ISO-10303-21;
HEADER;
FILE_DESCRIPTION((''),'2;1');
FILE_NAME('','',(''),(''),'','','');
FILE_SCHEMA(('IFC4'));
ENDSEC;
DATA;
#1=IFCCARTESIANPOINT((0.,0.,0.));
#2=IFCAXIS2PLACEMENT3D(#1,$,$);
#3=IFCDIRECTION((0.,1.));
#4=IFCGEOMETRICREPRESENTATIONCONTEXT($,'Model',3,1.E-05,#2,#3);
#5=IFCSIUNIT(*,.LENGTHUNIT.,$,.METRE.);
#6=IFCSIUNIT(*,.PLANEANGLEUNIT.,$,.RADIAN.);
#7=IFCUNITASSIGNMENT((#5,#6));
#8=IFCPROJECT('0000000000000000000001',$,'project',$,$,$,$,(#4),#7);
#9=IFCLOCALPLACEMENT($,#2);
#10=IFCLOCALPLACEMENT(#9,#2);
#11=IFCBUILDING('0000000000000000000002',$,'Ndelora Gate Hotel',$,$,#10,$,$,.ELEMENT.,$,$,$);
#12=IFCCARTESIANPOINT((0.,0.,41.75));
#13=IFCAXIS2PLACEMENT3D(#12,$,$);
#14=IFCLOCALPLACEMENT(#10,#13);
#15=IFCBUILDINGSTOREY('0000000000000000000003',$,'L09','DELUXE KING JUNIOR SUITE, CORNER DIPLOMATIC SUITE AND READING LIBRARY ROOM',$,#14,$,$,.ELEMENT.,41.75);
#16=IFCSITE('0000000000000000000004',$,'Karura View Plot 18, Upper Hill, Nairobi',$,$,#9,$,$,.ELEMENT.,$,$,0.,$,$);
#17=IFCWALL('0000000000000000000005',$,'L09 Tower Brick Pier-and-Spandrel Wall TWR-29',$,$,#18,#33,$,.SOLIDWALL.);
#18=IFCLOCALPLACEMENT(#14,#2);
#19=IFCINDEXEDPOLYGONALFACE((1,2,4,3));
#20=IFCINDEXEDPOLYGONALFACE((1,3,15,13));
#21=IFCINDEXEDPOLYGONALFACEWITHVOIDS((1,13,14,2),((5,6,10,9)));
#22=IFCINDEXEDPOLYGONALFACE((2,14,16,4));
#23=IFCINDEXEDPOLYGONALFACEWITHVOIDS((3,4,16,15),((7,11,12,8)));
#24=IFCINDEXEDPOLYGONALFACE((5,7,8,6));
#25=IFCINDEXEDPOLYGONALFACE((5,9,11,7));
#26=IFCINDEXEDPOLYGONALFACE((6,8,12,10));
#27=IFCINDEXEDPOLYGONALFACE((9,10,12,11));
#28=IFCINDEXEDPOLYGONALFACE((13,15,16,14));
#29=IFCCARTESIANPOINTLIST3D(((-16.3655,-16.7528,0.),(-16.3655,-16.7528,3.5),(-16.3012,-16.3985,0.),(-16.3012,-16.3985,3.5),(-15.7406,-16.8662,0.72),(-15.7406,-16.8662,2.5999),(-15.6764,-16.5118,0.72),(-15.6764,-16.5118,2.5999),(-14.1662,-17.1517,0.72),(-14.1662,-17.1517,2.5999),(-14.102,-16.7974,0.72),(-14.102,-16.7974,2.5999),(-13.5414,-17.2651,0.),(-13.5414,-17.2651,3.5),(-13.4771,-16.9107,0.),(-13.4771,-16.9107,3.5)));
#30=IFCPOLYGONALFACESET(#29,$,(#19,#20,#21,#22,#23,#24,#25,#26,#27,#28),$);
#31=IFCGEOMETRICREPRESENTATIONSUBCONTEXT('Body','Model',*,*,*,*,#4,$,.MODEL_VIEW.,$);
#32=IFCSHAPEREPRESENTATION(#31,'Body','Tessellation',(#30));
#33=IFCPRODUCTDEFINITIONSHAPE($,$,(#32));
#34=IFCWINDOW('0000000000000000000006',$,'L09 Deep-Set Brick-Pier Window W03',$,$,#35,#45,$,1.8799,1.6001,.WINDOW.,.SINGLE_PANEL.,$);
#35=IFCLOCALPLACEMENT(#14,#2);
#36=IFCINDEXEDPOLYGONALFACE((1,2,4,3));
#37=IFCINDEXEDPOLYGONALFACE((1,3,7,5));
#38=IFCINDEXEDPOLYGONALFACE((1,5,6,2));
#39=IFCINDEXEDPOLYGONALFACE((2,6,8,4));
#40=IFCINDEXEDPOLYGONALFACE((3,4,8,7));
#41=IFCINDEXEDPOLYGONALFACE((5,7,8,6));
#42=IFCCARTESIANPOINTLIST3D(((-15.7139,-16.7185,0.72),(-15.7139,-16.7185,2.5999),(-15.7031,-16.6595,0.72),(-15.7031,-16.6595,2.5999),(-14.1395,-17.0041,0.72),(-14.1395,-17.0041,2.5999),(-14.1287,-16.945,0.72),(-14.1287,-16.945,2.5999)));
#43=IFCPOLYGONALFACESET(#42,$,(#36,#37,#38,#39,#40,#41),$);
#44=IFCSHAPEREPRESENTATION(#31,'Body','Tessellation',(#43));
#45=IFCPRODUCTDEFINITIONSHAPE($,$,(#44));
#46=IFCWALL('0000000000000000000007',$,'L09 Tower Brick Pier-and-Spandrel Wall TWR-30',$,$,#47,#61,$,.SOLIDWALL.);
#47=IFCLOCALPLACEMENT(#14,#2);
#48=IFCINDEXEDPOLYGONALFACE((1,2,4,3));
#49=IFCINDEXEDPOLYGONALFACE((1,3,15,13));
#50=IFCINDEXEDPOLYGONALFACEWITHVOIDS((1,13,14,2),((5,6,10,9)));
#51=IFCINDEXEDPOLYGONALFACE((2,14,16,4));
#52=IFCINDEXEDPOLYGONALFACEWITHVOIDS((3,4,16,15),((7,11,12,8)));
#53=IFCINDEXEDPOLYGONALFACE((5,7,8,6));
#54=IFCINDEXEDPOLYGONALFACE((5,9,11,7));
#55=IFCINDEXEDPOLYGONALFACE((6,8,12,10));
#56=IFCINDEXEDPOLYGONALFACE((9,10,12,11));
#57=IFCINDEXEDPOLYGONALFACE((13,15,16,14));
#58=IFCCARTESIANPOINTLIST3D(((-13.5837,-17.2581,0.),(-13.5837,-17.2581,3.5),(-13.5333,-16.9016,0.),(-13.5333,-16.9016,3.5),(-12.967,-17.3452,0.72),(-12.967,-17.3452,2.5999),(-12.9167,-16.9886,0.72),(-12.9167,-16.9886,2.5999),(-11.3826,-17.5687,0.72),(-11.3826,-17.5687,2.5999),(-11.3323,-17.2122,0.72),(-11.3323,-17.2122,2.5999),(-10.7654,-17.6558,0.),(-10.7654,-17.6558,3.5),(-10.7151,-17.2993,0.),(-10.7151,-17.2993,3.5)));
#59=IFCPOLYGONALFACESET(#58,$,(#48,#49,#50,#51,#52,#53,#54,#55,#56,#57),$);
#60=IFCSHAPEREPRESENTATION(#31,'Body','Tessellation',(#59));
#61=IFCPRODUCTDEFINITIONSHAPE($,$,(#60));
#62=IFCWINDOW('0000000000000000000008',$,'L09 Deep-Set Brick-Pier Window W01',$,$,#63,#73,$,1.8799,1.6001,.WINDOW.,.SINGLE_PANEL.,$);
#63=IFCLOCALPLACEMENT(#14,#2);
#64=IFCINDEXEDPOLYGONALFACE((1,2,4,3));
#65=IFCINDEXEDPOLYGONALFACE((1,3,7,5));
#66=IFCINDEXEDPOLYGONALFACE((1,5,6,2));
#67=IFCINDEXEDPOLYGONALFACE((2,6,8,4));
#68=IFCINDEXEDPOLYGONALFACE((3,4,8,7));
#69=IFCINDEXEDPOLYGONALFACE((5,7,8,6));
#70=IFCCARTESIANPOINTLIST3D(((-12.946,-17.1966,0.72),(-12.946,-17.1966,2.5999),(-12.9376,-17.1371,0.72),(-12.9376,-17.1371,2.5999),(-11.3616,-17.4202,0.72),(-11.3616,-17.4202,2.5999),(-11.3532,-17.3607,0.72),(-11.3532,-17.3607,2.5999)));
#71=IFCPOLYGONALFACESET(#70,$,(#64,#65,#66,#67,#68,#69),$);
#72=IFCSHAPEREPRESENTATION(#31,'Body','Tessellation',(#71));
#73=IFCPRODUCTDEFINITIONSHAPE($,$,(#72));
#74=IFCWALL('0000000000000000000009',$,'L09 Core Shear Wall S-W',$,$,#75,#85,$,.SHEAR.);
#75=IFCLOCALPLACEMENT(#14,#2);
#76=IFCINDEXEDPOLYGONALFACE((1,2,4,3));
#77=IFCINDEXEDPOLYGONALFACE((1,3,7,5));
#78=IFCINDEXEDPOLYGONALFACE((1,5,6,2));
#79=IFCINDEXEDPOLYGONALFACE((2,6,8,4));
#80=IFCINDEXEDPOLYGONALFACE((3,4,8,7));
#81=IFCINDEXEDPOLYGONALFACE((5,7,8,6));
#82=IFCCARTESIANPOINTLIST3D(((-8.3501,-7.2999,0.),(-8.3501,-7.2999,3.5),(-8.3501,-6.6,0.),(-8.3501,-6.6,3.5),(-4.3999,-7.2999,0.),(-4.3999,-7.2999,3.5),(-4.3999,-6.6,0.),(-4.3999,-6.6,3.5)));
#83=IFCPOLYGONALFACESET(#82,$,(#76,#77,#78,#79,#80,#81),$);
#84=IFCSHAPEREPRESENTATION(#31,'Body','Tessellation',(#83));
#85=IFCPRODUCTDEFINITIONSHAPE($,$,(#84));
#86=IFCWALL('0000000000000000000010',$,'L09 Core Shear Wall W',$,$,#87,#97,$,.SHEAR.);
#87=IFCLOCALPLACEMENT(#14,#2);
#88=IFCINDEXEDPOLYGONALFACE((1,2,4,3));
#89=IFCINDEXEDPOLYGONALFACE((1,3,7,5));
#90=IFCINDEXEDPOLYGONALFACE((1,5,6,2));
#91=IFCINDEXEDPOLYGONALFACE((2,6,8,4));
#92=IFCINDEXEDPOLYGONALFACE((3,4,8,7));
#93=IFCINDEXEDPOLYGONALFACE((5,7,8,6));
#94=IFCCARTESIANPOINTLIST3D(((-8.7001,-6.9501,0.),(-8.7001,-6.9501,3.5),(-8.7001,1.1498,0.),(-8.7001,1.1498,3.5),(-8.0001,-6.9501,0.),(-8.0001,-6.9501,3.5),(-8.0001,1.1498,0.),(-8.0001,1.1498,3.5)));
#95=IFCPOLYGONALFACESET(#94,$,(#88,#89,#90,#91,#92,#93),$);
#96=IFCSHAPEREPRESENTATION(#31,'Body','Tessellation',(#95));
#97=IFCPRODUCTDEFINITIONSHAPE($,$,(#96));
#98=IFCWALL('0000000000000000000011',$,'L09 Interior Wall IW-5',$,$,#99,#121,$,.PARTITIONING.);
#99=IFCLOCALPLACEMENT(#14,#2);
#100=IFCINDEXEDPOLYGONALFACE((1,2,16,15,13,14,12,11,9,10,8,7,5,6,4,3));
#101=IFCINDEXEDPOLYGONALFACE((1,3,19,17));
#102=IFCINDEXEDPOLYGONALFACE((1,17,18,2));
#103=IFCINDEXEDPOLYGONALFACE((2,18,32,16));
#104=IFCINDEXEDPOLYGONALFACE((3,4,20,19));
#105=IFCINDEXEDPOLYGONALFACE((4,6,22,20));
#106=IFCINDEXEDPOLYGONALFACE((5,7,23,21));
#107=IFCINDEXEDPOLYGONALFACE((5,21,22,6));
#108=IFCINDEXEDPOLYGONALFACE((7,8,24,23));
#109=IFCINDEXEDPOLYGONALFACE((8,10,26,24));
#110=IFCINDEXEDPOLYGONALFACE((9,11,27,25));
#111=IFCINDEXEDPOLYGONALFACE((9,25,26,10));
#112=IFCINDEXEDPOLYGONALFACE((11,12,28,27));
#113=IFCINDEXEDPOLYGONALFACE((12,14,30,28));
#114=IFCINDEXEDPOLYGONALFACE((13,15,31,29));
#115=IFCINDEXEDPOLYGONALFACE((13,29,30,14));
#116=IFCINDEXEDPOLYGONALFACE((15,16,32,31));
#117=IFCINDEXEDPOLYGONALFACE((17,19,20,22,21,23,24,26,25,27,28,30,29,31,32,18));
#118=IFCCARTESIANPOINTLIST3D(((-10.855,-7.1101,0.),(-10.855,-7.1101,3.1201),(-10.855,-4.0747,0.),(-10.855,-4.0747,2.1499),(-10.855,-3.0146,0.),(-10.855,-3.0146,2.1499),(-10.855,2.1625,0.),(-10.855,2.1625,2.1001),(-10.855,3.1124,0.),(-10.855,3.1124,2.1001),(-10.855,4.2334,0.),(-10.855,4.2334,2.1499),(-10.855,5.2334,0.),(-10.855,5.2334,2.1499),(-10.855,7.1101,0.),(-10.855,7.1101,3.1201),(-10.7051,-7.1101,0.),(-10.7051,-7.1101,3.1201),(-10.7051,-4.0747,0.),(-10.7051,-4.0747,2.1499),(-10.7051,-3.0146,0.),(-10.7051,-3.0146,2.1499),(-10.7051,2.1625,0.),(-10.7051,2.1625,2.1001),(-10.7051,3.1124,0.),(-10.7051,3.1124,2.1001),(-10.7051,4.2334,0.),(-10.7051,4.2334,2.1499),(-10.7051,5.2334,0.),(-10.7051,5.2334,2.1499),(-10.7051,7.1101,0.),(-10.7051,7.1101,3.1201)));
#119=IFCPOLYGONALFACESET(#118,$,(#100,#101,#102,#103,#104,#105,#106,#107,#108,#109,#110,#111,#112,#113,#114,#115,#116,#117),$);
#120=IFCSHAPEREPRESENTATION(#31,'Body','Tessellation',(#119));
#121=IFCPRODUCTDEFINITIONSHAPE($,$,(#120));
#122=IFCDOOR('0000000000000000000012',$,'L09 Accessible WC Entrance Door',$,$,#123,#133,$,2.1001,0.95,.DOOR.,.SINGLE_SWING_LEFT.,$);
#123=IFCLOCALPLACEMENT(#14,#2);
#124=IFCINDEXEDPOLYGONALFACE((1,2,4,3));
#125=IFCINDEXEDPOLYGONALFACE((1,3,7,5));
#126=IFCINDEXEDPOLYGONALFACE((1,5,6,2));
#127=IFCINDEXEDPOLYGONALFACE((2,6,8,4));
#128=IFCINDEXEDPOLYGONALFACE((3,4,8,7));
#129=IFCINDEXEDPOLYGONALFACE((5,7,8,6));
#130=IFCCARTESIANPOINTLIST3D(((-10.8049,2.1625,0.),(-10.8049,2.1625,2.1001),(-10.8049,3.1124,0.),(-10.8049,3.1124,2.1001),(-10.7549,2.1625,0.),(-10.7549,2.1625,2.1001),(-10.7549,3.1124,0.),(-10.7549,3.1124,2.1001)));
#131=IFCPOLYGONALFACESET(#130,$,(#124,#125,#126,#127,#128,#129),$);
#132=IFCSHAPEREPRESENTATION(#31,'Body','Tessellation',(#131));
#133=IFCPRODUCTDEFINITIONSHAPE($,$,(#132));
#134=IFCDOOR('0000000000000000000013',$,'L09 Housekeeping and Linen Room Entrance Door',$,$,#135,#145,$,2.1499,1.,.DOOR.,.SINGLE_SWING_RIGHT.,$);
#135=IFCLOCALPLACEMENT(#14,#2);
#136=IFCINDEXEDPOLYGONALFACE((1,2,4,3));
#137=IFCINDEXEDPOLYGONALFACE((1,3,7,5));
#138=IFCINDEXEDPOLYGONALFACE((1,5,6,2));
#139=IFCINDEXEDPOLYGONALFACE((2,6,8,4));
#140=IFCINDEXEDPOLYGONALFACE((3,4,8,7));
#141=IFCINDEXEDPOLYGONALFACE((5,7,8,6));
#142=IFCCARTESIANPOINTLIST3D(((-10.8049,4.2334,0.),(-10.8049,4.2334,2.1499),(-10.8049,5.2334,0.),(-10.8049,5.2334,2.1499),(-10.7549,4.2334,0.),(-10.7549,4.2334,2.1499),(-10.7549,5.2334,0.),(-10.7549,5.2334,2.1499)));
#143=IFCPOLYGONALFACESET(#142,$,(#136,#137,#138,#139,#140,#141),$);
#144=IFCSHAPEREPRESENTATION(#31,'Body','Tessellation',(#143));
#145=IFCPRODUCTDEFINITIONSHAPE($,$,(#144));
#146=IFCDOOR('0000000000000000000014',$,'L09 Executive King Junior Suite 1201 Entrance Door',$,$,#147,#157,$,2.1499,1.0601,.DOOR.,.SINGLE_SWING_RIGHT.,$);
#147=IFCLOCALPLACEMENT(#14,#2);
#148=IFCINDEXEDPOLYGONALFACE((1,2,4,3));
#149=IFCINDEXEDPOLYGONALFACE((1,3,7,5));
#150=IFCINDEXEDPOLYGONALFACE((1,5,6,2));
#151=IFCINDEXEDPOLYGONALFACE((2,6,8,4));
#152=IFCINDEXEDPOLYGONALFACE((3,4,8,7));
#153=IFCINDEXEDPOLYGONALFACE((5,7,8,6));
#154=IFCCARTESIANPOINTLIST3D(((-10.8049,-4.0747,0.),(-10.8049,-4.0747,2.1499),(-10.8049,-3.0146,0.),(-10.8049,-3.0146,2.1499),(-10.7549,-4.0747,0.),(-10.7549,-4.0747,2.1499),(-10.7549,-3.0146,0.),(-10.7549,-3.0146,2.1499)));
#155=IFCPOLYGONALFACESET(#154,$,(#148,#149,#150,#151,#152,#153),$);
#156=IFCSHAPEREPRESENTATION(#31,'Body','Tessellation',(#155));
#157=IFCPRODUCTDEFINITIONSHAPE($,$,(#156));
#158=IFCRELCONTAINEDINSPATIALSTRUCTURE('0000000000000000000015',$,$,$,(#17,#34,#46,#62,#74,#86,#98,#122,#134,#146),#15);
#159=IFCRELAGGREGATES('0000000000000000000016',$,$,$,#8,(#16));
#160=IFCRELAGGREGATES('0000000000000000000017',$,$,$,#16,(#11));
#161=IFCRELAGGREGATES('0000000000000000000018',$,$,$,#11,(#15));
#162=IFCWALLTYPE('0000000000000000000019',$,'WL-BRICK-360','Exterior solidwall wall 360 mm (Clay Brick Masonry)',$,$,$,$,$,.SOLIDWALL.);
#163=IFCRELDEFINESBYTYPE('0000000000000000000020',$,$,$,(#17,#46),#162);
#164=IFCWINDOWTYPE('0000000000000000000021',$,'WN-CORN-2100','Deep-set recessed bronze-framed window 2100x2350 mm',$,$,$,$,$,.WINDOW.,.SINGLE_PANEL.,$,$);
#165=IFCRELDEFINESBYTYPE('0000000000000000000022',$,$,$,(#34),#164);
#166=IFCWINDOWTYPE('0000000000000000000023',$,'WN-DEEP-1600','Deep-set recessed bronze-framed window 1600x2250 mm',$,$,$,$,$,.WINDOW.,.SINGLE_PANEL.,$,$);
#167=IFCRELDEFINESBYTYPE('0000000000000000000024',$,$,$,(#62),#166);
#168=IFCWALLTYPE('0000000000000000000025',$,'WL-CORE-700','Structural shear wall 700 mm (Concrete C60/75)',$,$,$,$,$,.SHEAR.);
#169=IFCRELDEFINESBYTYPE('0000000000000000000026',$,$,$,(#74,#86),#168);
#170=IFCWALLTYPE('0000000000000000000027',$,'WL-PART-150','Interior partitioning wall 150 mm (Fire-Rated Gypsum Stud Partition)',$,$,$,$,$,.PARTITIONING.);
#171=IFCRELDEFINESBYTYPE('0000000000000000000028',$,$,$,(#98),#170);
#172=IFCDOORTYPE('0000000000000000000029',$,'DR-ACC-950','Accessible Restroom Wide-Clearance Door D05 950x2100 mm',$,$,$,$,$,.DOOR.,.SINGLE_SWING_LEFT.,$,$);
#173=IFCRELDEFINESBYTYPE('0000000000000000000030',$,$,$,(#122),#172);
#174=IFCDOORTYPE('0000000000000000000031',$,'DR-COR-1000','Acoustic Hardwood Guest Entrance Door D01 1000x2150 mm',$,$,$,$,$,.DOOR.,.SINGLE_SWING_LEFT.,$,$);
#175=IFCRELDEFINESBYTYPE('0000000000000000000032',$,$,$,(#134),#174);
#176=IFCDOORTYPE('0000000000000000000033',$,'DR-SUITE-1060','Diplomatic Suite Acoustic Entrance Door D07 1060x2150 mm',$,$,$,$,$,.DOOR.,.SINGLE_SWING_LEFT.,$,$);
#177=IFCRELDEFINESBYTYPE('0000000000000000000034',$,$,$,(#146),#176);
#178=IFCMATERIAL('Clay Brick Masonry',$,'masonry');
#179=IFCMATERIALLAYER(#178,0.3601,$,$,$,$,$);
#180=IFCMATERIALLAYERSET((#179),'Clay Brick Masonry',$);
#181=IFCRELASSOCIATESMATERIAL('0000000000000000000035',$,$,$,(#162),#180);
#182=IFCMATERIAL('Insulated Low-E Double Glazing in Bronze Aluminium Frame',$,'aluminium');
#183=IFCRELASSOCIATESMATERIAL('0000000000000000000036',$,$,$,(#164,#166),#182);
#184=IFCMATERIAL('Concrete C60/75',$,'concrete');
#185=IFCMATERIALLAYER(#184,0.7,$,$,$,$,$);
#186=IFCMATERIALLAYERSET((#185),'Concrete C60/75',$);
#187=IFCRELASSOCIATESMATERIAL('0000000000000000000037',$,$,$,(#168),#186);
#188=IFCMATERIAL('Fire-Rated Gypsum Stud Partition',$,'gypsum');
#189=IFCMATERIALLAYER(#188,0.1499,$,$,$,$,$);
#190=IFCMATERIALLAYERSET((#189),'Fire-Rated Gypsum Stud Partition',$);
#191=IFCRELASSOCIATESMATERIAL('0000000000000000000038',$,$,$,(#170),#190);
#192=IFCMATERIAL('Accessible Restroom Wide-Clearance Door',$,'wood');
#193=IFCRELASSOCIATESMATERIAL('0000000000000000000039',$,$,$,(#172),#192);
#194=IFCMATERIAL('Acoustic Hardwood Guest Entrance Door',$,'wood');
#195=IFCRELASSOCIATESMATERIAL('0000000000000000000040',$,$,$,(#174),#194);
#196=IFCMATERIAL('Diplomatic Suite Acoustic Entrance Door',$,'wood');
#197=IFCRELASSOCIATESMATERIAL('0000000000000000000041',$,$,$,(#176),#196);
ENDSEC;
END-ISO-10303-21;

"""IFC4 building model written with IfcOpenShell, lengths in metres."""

from ifc_helpers import new_model, si_unit, direction, frame, frame_2d, origin, place, context, subcontext, project, spatial, rectangle, extrude, material, layer, layer_set, type_object, element, fill, save


model = new_model("IFC4")

# Units and contexts
model_context = context("Model", 3, precision=1e-05, world=origin(), true_north=direction((0.0, 1.0)))
body_context = subcontext(model_context, "Body", "Model", "MODEL_VIEW")
ifc_project = project(units=[si_unit("LENGTHUNIT", "METRE"), si_unit("PLANEANGLEUNIT", "RADIAN")], contexts=[model_context])

# Site, building, storey
site_placement = place(None, origin())
site = spatial("IfcSite", under=ifc_project, at=site_placement, Name="Karura View Plot 18, Upper Hill, Nairobi", CompositionType="ELEMENT", RefElevation=0.0)
building_placement = place(site_placement, origin())
building = spatial("IfcBuilding", under=site, at=building_placement, Name="Ndelora Gate Hotel", CompositionType="ELEMENT")
storey_placement = place(building_placement, frame((0.0, 0.0, 41.75)))
storey = spatial("IfcBuildingStorey", under=building, at=storey_placement, Name="L09", Description="DELUXE KING JUNIOR SUITE, CORNER DIPLOMATIC SUITE AND READING LIBRARY ROOM", CompositionType="ELEMENT", Elevation=41.75)

# Shared definitions
ifc_material_1 = material(Name="Concrete C60/75", Category="concrete")

# Walls, openings, windows
ifc_material_2 = material(Name="Clay Brick Masonry", Category="masonry")
ifc_layer_1 = layer(ifc_material_2, 0.3601)
ifc_layer_set_1 = layer_set([ifc_layer_1], Name="Clay Brick Masonry")
wall_type_1 = type_object("IfcWallType", Name="WL-BRICK-360", Description="Exterior solidwall wall 360 mm (Clay Brick Masonry)", PredefinedType="SOLIDWALL", material=ifc_layer_set_1)
wall_1_placement = place(storey_placement, frame((-13.5093, -17.0879, 0.0), z_axis=(0.0, 0.0, 1.0), x_axis=(-0.983946, 0.178466, 0.0)))
wall_1 = element("IfcWall", 1, at=wall_1_placement, inside=storey, type_object=wall_type_1, Name="L09 Tower Brick Pier-and-Spandrel Wall TWR-29", PredefinedType="SOLIDWALL", context=body_context, shape_type="SweptSolid", body=[
    extrude(rectangle(XDim=2.8701, YDim=0.3601, at=frame_2d((1.4351, 0.0))), origin(), (0.0, 0.0, 1.0), 3.5),
])
opening_1_placement = place(wall_1_placement, frame((0.635, 0.0, 0.72)))
opening_1 = element("IfcOpeningElement", 2, at=opening_1_placement, cuts=wall_1, PredefinedType="OPENING", context=body_context, shape_type="SweptSolid", body=[
    extrude(rectangle(XDim=1.6001, YDim=1.8799, at=frame_2d((0.8, 0.9399))), frame((0.0, 0.1899, 0.0), z_axis=(0.0, -1.0, 0.0), x_axis=(1.0, 0.0, 0.0)), (0.0, 0.0, 1.0), 0.3801),
])
ifc_material_3 = material(Name="Insulated Low-E Double Glazing in Bronze Aluminium Frame", Category="aluminium")
window_type_1 = type_object("IfcWindowType", Name="WN-CORN-2100", Description="Deep-set recessed bronze-framed window 2100x2350 mm", PartitioningType="SINGLE_PANEL", PredefinedType="WINDOW", material=ifc_material_3)
window_1_placement = place(opening_1_placement, origin())
window_1 = element("IfcWindow", 3, at=window_1_placement, inside=storey, type_object=window_type_1, Name="L09 Deep-Set Brick-Pier Window W03", OverallHeight=1.8799, OverallWidth=1.6001, PartitioningType="SINGLE_PANEL", PredefinedType="WINDOW", context=body_context, shape_type="SweptSolid", body=[
    extrude(rectangle(XDim=1.6001, YDim=1.8799, at=frame_2d((0.8, 0.9399))), frame((0.0, 0.03, 0.0), z_axis=(0.0, -1.0, 0.0), x_axis=(1.0, 0.0, 0.0)), (0.0, 0.0, 1.0), 0.0601),
])
fill(opening_1, window_1)
wall_2_placement = place(storey_placement, frame((-10.7402, -17.4775, 0.0), z_axis=(0.0, 0.0, 1.0), x_axis=(-0.99019, 0.139728, 0.0)))
wall_2 = element("IfcWall", 4, at=wall_2_placement, inside=storey, type_object=wall_type_1, Name="L09 Tower Brick Pier-and-Spandrel Wall TWR-30", PredefinedType="SOLIDWALL", context=body_context, shape_type="SweptSolid", body=[
    extrude(rectangle(XDim=2.8462, YDim=0.3601, at=frame_2d((1.4231, 0.0))), origin(), (0.0, 0.0, 1.0), 3.5),
])
opening_2_placement = place(wall_2_placement, frame((0.6233, 0.0, 0.72)))
opening_2 = element("IfcOpeningElement", 5, at=opening_2_placement, cuts=wall_2, PredefinedType="OPENING", context=body_context, shape_type="SweptSolid", body=[
    extrude(rectangle(XDim=1.6001, YDim=1.8799, at=frame_2d((0.8, 0.9399))), frame((0.0, 0.1899, 0.0), z_axis=(0.0, -1.0, 0.0), x_axis=(1.0, 0.0, 0.0)), (0.0, 0.0, 1.0), 0.3801),
])
window_type_2 = type_object("IfcWindowType", Name="WN-DEEP-1600", Description="Deep-set recessed bronze-framed window 1600x2250 mm", PartitioningType="SINGLE_PANEL", PredefinedType="WINDOW", material=ifc_material_3)
window_2_placement = place(opening_2_placement, origin())
window_2 = element("IfcWindow", 6, at=window_2_placement, inside=storey, type_object=window_type_2, Name="L09 Deep-Set Brick-Pier Window W01", OverallHeight=1.8799, OverallWidth=1.6001, PartitioningType="SINGLE_PANEL", PredefinedType="WINDOW", context=body_context, shape_type="SweptSolid", body=[
    extrude(rectangle(XDim=1.6001, YDim=1.8799, at=frame_2d((0.8, 0.9399))), frame((0.0, 0.03, 0.0), z_axis=(0.0, -1.0, 0.0), x_axis=(1.0, 0.0, 0.0)), (0.0, 0.0, 1.0), 0.0601),
])
fill(opening_2, window_2)

# Walls
ifc_layer_2 = layer(ifc_material_1, 0.7)
ifc_layer_set_2 = layer_set([ifc_layer_2], Name="Concrete C60/75")
wall_type_2 = type_object("IfcWallType", Name="WL-CORE-700", Description="Structural shear wall 700 mm (Concrete C60/75)", PredefinedType="SHEAR", material=ifc_layer_set_2)
wall_3_placement = place(storey_placement, frame((-8.3501, -6.95, 0.0), z_axis=(0.0, 0.0, 1.0), x_axis=(1.0, 0.0, 0.0)))
element("IfcWall", 7, at=wall_3_placement, inside=storey, type_object=wall_type_2, Name="L09 Core Shear Wall S-W", PredefinedType="SHEAR", context=body_context, shape_type="SweptSolid", body=[
    extrude(rectangle(XDim=3.9502, YDim=0.7, at=frame_2d((1.9751, 0.0))), origin(), (0.0, 0.0, 1.0), 3.5),
])
wall_4_placement = place(storey_placement, frame((-8.3501, -6.95, 0.0), z_axis=(0.0, 0.0, 1.0), x_axis=(0.0, 1.0, 0.0)))
element("IfcWall", 8, at=wall_4_placement, inside=storey, type_object=wall_type_2, Name="L09 Core Shear Wall W", PredefinedType="SHEAR", context=body_context, shape_type="SweptSolid", body=[
    extrude(rectangle(XDim=8.0999, YDim=0.7, at=frame_2d((4.0498, 0.0))), origin(), (0.0, 0.0, 1.0), 3.5),
])

# Wall, openings, doors
ifc_material_4 = material(Name="Fire-Rated Gypsum Stud Partition", Category="gypsum")
ifc_layer_3 = layer(ifc_material_4, 0.1499)
ifc_layer_set_3 = layer_set([ifc_layer_3], Name="Fire-Rated Gypsum Stud Partition")
wall_type_3 = type_object("IfcWallType", Name="WL-PART-150", Description="Interior partitioning wall 150 mm (Fire-Rated Gypsum Stud Partition)", PredefinedType="PARTITIONING", material=ifc_layer_set_3)
wall_5_placement = place(storey_placement, frame((-10.78, -7.1101, 0.0), z_axis=(0.0, 0.0, 1.0), x_axis=(0.0, 1.0, 0.0)))
wall_5 = element("IfcWall", 9, at=wall_5_placement, inside=storey, type_object=wall_type_3, Name="L09 Interior Wall IW-5", PredefinedType="PARTITIONING", context=body_context, shape_type="SweptSolid", body=[
    extrude(rectangle(XDim=14.2202, YDim=0.1499, at=frame_2d((7.1101, 0.0))), origin(), (0.0, 0.0, 1.0), 3.1201),
])
opening_3_placement = place(wall_5_placement, frame((11.3435, 0.0, 0.0)))
opening_3 = element("IfcOpeningElement", 10, at=opening_3_placement, cuts=wall_5, PredefinedType="OPENING", context=body_context, shape_type="SweptSolid", body=[
    extrude(rectangle(XDim=1.0, YDim=2.1499, at=frame_2d((0.5, 1.075))), frame((0.0, 0.085, 0.0), z_axis=(0.0, -1.0, 0.0), x_axis=(1.0, 0.0, 0.0)), (0.0, 0.0, 1.0), 0.1699),
])
opening_4_placement = place(wall_5_placement, frame((9.2725, 0.0, 0.0)))
opening_4 = element("IfcOpeningElement", 11, at=opening_4_placement, cuts=wall_5, PredefinedType="OPENING", context=body_context, shape_type="SweptSolid", body=[
    extrude(rectangle(XDim=0.95, YDim=2.1001, at=frame_2d((0.4751, 1.05))), frame((0.0, 0.085, 0.0), z_axis=(0.0, -1.0, 0.0), x_axis=(1.0, 0.0, 0.0)), (0.0, 0.0, 1.0), 0.1699),
])
opening_5_placement = place(wall_5_placement, frame((3.0354, 0.0, 0.0)))
opening_5 = element("IfcOpeningElement", 12, at=opening_5_placement, cuts=wall_5, PredefinedType="OPENING", context=body_context, shape_type="SweptSolid", body=[
    extrude(rectangle(XDim=1.0601, YDim=2.1499, at=frame_2d((0.53, 1.075))), frame((0.0, 0.085, 0.0), z_axis=(0.0, -1.0, 0.0), x_axis=(1.0, 0.0, 0.0)), (0.0, 0.0, 1.0), 0.1699),
])
ifc_material_5 = material(Name="Accessible Restroom Wide-Clearance Door", Category="wood")
door_type_1 = type_object("IfcDoorType", Name="DR-ACC-950", Description="Accessible Restroom Wide-Clearance Door D05 950x2100 mm", OperationType="SINGLE_SWING_LEFT", PredefinedType="DOOR", material=ifc_material_5)
door_1_placement = place(opening_4_placement, origin())
door_1 = element("IfcDoor", 13, at=door_1_placement, inside=storey, type_object=door_type_1, Name="L09 Accessible WC Entrance Door", OperationType="SINGLE_SWING_LEFT", OverallHeight=2.1001, OverallWidth=0.95, PredefinedType="DOOR", context=body_context, shape_type="SweptSolid", body=[
    extrude(rectangle(XDim=0.95, YDim=2.1001, at=frame_2d((0.4751, 1.05))), frame((0.0, 0.0249, 0.0), z_axis=(0.0, -1.0, 0.0), x_axis=(1.0, 0.0, 0.0)), (0.0, 0.0, 1.0), 0.05),
])
fill(opening_4, door_1)
ifc_material_6 = material(Name="Acoustic Hardwood Guest Entrance Door", Category="wood")
door_type_2 = type_object("IfcDoorType", Name="DR-COR-1000", Description="Acoustic Hardwood Guest Entrance Door D01 1000x2150 mm", OperationType="SINGLE_SWING_LEFT", PredefinedType="DOOR", material=ifc_material_6)
door_2_placement = place(opening_3_placement, origin())
door_2 = element("IfcDoor", 14, at=door_2_placement, inside=storey, type_object=door_type_2, Name="L09 Housekeeping and Linen Room Entrance Door", OperationType="SINGLE_SWING_RIGHT", OverallHeight=2.1499, OverallWidth=1.0, PredefinedType="DOOR", context=body_context, shape_type="SweptSolid", body=[
    extrude(rectangle(XDim=1.0, YDim=2.1499, at=frame_2d((0.5, 1.075))), frame((0.0, 0.0249, 0.0), z_axis=(0.0, -1.0, 0.0), x_axis=(1.0, 0.0, 0.0)), (0.0, 0.0, 1.0), 0.05),
])
fill(opening_3, door_2)
ifc_material_7 = material(Name="Diplomatic Suite Acoustic Entrance Door", Category="wood")
door_type_3 = type_object("IfcDoorType", Name="DR-SUITE-1060", Description="Diplomatic Suite Acoustic Entrance Door D07 1060x2150 mm", OperationType="SINGLE_SWING_LEFT", PredefinedType="DOOR", material=ifc_material_7)
door_3_placement = place(opening_5_placement, origin())
door_3 = element("IfcDoor", 15, at=door_3_placement, inside=storey, type_object=door_type_3, Name="L09 Executive King Junior Suite 1201 Entrance Door", OperationType="SINGLE_SWING_RIGHT", OverallHeight=2.1499, OverallWidth=1.0601, PredefinedType="DOOR", context=body_context, shape_type="SweptSolid", body=[
    extrude(rectangle(XDim=1.0601, YDim=2.1499, at=frame_2d((0.53, 1.075))), frame((0.0, 0.0249, 0.0), z_axis=(0.0, -1.0, 0.0), x_axis=(1.0, 0.0, 0.0)), (0.0, 0.0, 1.0), 0.05),
])
fill(opening_5, door_3)

save(model, "model.ifc")
